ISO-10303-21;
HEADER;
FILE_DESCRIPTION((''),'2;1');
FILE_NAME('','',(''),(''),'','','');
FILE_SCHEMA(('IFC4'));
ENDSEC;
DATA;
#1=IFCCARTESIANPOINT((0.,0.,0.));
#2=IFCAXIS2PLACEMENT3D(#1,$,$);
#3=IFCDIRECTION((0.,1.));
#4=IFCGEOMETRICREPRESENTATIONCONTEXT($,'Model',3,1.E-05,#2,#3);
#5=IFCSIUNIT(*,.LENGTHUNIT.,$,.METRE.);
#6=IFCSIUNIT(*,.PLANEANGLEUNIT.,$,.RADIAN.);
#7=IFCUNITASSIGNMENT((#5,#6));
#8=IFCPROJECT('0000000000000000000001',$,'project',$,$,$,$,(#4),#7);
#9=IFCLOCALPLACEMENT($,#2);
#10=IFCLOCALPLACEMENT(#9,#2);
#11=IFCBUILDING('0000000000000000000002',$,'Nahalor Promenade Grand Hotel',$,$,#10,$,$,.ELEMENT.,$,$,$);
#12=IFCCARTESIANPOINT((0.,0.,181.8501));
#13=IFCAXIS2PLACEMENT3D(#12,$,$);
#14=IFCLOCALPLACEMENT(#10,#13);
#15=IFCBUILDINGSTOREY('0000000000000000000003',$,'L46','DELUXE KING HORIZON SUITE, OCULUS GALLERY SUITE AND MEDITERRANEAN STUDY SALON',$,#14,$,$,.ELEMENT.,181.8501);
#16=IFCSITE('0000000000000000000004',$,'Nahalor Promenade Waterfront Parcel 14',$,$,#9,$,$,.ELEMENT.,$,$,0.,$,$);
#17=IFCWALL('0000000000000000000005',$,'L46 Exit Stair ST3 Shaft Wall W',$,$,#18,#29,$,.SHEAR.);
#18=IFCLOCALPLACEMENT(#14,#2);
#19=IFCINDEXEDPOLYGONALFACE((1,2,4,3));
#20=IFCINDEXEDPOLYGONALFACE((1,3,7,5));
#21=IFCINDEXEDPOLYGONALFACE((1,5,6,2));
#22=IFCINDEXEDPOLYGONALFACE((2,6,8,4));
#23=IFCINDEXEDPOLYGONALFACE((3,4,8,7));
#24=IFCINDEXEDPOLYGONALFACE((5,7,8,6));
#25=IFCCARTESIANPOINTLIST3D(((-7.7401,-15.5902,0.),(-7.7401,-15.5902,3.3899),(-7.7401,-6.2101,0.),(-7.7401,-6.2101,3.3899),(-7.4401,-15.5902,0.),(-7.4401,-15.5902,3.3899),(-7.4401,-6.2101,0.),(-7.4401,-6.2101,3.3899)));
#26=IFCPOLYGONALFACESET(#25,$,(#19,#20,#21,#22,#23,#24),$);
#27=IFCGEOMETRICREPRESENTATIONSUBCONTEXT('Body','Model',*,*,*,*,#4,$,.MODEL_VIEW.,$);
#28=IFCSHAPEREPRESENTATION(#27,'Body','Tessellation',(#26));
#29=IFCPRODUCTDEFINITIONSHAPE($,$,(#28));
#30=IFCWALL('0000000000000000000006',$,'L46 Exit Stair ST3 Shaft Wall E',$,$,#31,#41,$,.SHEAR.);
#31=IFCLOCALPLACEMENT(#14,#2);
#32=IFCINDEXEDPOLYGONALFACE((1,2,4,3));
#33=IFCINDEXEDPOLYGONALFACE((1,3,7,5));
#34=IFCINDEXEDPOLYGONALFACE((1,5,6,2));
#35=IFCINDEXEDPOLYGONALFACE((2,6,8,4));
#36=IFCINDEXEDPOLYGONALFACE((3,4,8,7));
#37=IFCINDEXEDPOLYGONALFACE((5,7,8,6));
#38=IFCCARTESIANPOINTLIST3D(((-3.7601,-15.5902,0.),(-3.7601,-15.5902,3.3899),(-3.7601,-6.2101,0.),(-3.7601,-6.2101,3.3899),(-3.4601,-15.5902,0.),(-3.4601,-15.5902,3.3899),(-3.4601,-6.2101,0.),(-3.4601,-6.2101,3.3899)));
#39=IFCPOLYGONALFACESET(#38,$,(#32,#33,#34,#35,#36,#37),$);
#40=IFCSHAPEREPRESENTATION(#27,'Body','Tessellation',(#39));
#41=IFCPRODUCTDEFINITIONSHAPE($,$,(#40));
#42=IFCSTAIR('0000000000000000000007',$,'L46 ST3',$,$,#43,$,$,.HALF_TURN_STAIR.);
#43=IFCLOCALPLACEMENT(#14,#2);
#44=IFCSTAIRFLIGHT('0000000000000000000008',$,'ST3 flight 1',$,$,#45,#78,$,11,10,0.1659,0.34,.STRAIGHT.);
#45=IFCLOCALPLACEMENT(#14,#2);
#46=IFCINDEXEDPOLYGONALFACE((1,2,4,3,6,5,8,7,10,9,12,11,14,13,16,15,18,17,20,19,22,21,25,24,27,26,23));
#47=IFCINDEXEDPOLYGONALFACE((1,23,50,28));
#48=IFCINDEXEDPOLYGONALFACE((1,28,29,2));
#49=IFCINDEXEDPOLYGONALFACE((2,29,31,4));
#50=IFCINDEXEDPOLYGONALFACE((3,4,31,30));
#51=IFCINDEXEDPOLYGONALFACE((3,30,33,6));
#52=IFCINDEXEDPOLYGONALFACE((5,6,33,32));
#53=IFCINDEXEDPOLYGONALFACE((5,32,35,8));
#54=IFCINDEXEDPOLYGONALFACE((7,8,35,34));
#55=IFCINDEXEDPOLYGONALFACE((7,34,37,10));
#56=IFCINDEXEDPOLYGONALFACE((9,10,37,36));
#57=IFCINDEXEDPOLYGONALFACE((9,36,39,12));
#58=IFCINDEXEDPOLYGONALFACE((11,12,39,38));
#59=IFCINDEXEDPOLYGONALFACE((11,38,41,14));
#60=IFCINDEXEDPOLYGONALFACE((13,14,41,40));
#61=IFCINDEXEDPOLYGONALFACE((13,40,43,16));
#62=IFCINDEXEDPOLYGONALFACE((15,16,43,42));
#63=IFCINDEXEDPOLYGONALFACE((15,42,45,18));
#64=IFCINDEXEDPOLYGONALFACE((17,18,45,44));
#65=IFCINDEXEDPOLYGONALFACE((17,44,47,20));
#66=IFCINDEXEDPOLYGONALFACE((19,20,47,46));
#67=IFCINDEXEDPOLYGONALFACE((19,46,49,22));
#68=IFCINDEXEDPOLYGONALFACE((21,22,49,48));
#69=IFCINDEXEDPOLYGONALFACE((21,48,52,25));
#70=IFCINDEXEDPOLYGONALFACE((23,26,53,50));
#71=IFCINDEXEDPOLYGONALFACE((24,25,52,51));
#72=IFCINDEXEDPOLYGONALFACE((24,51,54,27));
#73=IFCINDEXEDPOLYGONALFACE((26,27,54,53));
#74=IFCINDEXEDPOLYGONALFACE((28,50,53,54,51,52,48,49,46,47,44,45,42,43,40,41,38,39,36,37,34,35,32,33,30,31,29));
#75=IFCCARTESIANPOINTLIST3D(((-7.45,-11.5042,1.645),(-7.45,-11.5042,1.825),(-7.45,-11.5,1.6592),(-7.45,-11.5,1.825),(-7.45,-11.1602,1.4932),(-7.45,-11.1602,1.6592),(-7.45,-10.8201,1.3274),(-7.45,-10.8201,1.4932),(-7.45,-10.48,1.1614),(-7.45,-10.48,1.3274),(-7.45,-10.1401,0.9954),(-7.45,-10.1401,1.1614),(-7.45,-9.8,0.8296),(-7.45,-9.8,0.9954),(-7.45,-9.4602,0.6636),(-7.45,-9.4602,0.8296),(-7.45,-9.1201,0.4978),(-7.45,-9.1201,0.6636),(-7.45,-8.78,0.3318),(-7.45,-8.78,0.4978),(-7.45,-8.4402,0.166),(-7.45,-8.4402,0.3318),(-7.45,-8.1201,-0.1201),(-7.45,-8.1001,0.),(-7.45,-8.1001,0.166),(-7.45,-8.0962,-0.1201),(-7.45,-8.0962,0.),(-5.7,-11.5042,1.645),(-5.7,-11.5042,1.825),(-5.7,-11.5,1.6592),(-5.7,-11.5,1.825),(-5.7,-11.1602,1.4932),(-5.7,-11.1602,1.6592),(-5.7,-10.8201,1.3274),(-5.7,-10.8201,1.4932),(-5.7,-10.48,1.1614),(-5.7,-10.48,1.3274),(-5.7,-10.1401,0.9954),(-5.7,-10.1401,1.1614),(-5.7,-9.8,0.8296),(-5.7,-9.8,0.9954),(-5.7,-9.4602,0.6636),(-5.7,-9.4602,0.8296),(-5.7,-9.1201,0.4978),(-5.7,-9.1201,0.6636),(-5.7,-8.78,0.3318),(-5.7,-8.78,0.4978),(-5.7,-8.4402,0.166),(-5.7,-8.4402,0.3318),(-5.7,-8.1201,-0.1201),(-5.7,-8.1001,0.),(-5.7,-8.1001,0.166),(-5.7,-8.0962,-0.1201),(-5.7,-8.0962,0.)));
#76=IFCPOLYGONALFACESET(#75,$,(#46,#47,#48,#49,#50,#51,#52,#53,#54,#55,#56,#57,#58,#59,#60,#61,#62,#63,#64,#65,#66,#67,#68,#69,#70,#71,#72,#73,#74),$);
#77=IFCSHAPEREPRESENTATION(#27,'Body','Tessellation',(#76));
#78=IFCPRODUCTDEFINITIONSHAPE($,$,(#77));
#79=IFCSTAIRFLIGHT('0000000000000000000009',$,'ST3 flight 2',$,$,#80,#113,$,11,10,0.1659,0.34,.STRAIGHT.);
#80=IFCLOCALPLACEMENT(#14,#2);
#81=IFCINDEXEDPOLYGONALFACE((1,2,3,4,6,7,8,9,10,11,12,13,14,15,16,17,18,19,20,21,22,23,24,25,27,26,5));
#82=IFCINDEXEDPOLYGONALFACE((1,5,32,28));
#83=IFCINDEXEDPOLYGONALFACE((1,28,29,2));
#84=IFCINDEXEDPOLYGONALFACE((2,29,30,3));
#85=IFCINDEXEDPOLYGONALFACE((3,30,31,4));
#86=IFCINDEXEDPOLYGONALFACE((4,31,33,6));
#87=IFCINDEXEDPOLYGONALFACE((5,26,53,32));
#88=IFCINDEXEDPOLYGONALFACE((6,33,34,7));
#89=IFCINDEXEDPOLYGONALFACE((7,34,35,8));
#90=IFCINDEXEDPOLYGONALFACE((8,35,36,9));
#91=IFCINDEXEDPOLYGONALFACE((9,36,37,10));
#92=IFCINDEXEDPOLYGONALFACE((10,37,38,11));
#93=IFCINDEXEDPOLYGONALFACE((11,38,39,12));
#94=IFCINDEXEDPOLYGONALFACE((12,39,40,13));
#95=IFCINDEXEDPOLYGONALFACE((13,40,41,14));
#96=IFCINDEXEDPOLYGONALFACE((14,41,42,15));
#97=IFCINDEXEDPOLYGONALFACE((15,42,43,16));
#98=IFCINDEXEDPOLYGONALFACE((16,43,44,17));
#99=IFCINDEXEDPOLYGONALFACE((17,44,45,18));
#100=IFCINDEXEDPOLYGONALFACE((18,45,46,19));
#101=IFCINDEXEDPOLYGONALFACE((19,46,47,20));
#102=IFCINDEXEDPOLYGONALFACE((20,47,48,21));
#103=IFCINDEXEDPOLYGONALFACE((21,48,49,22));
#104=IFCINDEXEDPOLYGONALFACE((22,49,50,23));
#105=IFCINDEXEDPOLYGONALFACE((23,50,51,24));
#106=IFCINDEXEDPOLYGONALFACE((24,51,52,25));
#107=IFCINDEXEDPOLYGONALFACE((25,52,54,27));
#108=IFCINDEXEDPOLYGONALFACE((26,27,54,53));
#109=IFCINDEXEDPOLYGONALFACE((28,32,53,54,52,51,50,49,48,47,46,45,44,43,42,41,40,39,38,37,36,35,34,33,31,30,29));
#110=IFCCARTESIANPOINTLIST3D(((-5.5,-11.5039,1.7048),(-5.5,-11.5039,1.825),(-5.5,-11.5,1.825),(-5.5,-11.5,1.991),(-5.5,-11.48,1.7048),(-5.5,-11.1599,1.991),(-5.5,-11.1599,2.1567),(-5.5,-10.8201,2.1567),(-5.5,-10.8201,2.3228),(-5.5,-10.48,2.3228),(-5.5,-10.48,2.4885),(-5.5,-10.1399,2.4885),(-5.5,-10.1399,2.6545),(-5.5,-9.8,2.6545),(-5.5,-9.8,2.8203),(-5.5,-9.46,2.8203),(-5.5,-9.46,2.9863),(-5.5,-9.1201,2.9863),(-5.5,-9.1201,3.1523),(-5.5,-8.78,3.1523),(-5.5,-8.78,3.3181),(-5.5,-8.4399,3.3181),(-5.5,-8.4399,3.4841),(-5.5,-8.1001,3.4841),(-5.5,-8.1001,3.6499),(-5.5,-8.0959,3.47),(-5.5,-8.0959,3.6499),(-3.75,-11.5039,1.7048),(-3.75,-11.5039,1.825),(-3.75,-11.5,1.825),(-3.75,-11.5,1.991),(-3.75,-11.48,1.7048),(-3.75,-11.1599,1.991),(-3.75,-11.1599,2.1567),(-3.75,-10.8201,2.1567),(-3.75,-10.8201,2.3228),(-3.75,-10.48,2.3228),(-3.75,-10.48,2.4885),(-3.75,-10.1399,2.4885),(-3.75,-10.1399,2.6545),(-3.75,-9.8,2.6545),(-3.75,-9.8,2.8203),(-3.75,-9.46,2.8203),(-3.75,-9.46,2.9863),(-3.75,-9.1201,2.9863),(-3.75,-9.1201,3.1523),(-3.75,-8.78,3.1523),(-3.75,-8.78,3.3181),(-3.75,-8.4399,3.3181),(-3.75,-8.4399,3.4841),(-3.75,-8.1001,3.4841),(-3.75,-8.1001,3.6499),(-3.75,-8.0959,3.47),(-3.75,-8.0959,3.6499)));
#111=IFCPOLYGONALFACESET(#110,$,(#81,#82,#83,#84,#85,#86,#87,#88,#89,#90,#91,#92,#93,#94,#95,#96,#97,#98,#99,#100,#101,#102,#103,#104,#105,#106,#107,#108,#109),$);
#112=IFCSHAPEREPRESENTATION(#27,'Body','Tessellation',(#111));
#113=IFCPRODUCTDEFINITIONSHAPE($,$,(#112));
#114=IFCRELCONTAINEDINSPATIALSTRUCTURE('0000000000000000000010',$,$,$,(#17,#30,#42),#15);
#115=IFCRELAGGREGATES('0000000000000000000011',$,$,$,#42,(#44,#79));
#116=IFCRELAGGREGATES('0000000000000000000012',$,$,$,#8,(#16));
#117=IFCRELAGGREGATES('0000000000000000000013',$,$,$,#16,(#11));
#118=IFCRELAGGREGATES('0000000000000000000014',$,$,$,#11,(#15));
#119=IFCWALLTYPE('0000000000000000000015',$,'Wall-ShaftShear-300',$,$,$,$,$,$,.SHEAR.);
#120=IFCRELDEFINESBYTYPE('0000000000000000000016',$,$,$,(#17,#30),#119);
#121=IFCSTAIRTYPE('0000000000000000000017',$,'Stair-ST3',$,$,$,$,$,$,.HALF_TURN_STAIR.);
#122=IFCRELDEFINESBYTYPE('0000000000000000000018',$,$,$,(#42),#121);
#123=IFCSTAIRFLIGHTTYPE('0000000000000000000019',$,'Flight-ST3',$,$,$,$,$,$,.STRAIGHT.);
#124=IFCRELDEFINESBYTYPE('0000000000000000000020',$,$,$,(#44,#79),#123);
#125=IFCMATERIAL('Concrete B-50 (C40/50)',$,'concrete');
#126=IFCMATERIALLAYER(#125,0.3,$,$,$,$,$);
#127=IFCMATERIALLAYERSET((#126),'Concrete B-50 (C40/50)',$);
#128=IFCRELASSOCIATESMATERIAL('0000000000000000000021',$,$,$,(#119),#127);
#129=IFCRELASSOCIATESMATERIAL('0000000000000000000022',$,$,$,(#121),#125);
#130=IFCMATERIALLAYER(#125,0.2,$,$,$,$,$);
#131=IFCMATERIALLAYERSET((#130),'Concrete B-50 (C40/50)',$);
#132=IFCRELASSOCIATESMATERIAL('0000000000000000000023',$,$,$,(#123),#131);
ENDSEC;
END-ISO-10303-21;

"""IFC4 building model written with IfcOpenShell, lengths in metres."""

from ifc_helpers import new_model, si_unit, direction, frame, frame_2d, origin, place, context, subcontext, project, spatial, polyline, rectangle, outline, extrude, source, transform, mapped, material, layer, layer_set, type_object, element, aggregate, save


model = new_model("IFC4")

# Units and contexts
model_context = context("Model", 3, precision=1e-05, world=origin(), true_north=direction((0.0, 1.0)))
body_context = subcontext(model_context, "Body", "Model", "MODEL_VIEW")
ifc_project = project(units=[si_unit("LENGTHUNIT", "METRE"), si_unit("PLANEANGLEUNIT", "RADIAN")], contexts=[model_context])

# Site, building, storey
site_placement = place(None, origin())
site = spatial("IfcSite", under=ifc_project, at=site_placement, Name="Nahalor Promenade Waterfront Parcel 14", CompositionType="ELEMENT", RefElevation=0.0)
building_placement = place(site_placement, origin())
building = spatial("IfcBuilding", under=site, at=building_placement, Name="Nahalor Promenade Grand Hotel", CompositionType="ELEMENT")
storey_placement = place(building_placement, frame((0.0, 0.0, 181.8501)))
storey = spatial("IfcBuildingStorey", under=building, at=storey_placement, Name="L46", Description="DELUXE KING HORIZON SUITE, OCULUS GALLERY SUITE AND MEDITERRANEAN STUDY SALON", CompositionType="ELEMENT", Elevation=181.8501)

# Shared definitions
ifc_material_1 = material(Name="Concrete B-50 (C40/50)", Category="concrete")

# Shared definitions
ifc_layer_1 = layer(ifc_material_1, 0.3)
ifc_layer_set_1 = layer_set([ifc_layer_1], Name="Concrete B-50 (C40/50)")
wall_type_1 = type_object("IfcWallType", Name="Wall-ShaftShear-300", PredefinedType="SHEAR", material=ifc_layer_set_1)

# Walls
shared_shape_1 = source(origin(), body_context, "Body", "SweptSolid", [
    extrude(rectangle(XDim=9.3801, YDim=0.3, at=frame_2d((4.6899, 0.0))), origin(), (0.0, 0.0, 1.0), 3.3899),
])
for number, where, z_axis, x_axis, name in (
    (1, (-7.5901, -15.5901, 0.0), (0.0, 0.0, 1.0), (0.0, 1.0, 0.0), "L46 Exit Stair ST3 Shaft Wall W"),
    (2, (-3.6101, -15.5901, 0.0), (0.0, 0.0, 1.0), (0.0, 1.0, 0.0), "L46 Exit Stair ST3 Shaft Wall E"),
):
    element("IfcWall", number, at=place(storey_placement, frame(where, z_axis=z_axis, x_axis=x_axis)), inside=storey, type_object=wall_type_1, Name=name, PredefinedType="SHEAR", context=body_context, shape_type="MappedRepresentation", body=[
        mapped(shared_shape_1, transform((0.0, 0.0, 0.0), scale=1.0)),
    ])

# Stair, stair flights
stair_type = type_object("IfcStairType", Name="Stair-ST3", PredefinedType="HALF_TURN_STAIR", material=ifc_material_1)
stair_placement = place(storey_placement, origin())
stair = element("IfcStair", 3, at=stair_placement, inside=storey, type_object=stair_type, Name="L46 ST3", PredefinedType="HALF_TURN_STAIR")
ifc_layer_2 = layer(ifc_material_1, 0.2)
ifc_layer_set_2 = layer_set([ifc_layer_2], Name="Concrete B-50 (C40/50)")
stair_flight_type = type_object("IfcStairFlightType", Name="Flight-ST3", PredefinedType="STRAIGHT", material=ifc_layer_set_2)
shared_shape_2 = source(origin(), body_context, "Body", "SweptSolid", [
    extrude(outline(polyline([(-0.0039, -0.1201), (-0.0039, 0.0), (0.0, 0.0), (0.0, 0.166), (0.3401, 0.166), (0.3401, 0.3318), (0.6799, 0.3318), (0.6799, 0.4978), (1.02, 0.4978), (1.02, 0.6636), (1.3601, 0.6636), (1.3601, 0.8296), (1.7, 0.8296), (1.7, 0.9954), (2.04, 0.9954), (2.04, 1.1614), (2.3799, 1.1614), (2.3799, 1.3274), (2.72, 1.3274), (2.72, 1.4932), (3.0601, 1.4932), (3.0601, 1.6592), (3.3999, 1.6592), (3.3999, 1.825), (3.4041, 1.825), (3.4041, 1.645), (0.02, -0.1201), (-0.0039, -0.1201)])), frame((0.0, 0.875, 0.0), z_axis=(0.0, -1.0, 0.0), x_axis=(1.0, 0.0, 0.0)), (0.0, 0.0, 1.0), 1.75),
])
stair_flight_1_placement = place(storey_placement, frame((-6.575, -8.1001, 0.0), z_axis=(0.0, 0.0, 1.0), x_axis=(0.0, -1.0, 0.0)))
stair_flight_1 = element("IfcStairFlight", 4, at=stair_flight_1_placement, type_object=stair_flight_type, Name="ST3 flight 1", NumberOfRisers=11, NumberOfTreads=10, PredefinedType="STRAIGHT", RiserHeight=0.1659, TreadLength=0.34, context=body_context, shape_type="MappedRepresentation", body=[
    mapped(shared_shape_2, transform((0.0, 0.0, 0.0), scale=1.0)),
])
stair_flight_2_placement = place(storey_placement, frame((-4.625, -11.5, 1.825), z_axis=(0.0, 0.0, 1.0), x_axis=(0.0, 1.0, 0.0)))
stair_flight_2 = element("IfcStairFlight", 5, at=stair_flight_2_placement, type_object=stair_flight_type, Name="ST3 flight 2", NumberOfRisers=11, NumberOfTreads=10, PredefinedType="STRAIGHT", RiserHeight=0.1659, TreadLength=0.34, context=body_context, shape_type="MappedRepresentation", body=[
    mapped(shared_shape_2, transform((0.0, 0.0, 0.0), scale=1.0)),
])
aggregate(stair, [stair_flight_1, stair_flight_2])

save(model, "model.ifc")
